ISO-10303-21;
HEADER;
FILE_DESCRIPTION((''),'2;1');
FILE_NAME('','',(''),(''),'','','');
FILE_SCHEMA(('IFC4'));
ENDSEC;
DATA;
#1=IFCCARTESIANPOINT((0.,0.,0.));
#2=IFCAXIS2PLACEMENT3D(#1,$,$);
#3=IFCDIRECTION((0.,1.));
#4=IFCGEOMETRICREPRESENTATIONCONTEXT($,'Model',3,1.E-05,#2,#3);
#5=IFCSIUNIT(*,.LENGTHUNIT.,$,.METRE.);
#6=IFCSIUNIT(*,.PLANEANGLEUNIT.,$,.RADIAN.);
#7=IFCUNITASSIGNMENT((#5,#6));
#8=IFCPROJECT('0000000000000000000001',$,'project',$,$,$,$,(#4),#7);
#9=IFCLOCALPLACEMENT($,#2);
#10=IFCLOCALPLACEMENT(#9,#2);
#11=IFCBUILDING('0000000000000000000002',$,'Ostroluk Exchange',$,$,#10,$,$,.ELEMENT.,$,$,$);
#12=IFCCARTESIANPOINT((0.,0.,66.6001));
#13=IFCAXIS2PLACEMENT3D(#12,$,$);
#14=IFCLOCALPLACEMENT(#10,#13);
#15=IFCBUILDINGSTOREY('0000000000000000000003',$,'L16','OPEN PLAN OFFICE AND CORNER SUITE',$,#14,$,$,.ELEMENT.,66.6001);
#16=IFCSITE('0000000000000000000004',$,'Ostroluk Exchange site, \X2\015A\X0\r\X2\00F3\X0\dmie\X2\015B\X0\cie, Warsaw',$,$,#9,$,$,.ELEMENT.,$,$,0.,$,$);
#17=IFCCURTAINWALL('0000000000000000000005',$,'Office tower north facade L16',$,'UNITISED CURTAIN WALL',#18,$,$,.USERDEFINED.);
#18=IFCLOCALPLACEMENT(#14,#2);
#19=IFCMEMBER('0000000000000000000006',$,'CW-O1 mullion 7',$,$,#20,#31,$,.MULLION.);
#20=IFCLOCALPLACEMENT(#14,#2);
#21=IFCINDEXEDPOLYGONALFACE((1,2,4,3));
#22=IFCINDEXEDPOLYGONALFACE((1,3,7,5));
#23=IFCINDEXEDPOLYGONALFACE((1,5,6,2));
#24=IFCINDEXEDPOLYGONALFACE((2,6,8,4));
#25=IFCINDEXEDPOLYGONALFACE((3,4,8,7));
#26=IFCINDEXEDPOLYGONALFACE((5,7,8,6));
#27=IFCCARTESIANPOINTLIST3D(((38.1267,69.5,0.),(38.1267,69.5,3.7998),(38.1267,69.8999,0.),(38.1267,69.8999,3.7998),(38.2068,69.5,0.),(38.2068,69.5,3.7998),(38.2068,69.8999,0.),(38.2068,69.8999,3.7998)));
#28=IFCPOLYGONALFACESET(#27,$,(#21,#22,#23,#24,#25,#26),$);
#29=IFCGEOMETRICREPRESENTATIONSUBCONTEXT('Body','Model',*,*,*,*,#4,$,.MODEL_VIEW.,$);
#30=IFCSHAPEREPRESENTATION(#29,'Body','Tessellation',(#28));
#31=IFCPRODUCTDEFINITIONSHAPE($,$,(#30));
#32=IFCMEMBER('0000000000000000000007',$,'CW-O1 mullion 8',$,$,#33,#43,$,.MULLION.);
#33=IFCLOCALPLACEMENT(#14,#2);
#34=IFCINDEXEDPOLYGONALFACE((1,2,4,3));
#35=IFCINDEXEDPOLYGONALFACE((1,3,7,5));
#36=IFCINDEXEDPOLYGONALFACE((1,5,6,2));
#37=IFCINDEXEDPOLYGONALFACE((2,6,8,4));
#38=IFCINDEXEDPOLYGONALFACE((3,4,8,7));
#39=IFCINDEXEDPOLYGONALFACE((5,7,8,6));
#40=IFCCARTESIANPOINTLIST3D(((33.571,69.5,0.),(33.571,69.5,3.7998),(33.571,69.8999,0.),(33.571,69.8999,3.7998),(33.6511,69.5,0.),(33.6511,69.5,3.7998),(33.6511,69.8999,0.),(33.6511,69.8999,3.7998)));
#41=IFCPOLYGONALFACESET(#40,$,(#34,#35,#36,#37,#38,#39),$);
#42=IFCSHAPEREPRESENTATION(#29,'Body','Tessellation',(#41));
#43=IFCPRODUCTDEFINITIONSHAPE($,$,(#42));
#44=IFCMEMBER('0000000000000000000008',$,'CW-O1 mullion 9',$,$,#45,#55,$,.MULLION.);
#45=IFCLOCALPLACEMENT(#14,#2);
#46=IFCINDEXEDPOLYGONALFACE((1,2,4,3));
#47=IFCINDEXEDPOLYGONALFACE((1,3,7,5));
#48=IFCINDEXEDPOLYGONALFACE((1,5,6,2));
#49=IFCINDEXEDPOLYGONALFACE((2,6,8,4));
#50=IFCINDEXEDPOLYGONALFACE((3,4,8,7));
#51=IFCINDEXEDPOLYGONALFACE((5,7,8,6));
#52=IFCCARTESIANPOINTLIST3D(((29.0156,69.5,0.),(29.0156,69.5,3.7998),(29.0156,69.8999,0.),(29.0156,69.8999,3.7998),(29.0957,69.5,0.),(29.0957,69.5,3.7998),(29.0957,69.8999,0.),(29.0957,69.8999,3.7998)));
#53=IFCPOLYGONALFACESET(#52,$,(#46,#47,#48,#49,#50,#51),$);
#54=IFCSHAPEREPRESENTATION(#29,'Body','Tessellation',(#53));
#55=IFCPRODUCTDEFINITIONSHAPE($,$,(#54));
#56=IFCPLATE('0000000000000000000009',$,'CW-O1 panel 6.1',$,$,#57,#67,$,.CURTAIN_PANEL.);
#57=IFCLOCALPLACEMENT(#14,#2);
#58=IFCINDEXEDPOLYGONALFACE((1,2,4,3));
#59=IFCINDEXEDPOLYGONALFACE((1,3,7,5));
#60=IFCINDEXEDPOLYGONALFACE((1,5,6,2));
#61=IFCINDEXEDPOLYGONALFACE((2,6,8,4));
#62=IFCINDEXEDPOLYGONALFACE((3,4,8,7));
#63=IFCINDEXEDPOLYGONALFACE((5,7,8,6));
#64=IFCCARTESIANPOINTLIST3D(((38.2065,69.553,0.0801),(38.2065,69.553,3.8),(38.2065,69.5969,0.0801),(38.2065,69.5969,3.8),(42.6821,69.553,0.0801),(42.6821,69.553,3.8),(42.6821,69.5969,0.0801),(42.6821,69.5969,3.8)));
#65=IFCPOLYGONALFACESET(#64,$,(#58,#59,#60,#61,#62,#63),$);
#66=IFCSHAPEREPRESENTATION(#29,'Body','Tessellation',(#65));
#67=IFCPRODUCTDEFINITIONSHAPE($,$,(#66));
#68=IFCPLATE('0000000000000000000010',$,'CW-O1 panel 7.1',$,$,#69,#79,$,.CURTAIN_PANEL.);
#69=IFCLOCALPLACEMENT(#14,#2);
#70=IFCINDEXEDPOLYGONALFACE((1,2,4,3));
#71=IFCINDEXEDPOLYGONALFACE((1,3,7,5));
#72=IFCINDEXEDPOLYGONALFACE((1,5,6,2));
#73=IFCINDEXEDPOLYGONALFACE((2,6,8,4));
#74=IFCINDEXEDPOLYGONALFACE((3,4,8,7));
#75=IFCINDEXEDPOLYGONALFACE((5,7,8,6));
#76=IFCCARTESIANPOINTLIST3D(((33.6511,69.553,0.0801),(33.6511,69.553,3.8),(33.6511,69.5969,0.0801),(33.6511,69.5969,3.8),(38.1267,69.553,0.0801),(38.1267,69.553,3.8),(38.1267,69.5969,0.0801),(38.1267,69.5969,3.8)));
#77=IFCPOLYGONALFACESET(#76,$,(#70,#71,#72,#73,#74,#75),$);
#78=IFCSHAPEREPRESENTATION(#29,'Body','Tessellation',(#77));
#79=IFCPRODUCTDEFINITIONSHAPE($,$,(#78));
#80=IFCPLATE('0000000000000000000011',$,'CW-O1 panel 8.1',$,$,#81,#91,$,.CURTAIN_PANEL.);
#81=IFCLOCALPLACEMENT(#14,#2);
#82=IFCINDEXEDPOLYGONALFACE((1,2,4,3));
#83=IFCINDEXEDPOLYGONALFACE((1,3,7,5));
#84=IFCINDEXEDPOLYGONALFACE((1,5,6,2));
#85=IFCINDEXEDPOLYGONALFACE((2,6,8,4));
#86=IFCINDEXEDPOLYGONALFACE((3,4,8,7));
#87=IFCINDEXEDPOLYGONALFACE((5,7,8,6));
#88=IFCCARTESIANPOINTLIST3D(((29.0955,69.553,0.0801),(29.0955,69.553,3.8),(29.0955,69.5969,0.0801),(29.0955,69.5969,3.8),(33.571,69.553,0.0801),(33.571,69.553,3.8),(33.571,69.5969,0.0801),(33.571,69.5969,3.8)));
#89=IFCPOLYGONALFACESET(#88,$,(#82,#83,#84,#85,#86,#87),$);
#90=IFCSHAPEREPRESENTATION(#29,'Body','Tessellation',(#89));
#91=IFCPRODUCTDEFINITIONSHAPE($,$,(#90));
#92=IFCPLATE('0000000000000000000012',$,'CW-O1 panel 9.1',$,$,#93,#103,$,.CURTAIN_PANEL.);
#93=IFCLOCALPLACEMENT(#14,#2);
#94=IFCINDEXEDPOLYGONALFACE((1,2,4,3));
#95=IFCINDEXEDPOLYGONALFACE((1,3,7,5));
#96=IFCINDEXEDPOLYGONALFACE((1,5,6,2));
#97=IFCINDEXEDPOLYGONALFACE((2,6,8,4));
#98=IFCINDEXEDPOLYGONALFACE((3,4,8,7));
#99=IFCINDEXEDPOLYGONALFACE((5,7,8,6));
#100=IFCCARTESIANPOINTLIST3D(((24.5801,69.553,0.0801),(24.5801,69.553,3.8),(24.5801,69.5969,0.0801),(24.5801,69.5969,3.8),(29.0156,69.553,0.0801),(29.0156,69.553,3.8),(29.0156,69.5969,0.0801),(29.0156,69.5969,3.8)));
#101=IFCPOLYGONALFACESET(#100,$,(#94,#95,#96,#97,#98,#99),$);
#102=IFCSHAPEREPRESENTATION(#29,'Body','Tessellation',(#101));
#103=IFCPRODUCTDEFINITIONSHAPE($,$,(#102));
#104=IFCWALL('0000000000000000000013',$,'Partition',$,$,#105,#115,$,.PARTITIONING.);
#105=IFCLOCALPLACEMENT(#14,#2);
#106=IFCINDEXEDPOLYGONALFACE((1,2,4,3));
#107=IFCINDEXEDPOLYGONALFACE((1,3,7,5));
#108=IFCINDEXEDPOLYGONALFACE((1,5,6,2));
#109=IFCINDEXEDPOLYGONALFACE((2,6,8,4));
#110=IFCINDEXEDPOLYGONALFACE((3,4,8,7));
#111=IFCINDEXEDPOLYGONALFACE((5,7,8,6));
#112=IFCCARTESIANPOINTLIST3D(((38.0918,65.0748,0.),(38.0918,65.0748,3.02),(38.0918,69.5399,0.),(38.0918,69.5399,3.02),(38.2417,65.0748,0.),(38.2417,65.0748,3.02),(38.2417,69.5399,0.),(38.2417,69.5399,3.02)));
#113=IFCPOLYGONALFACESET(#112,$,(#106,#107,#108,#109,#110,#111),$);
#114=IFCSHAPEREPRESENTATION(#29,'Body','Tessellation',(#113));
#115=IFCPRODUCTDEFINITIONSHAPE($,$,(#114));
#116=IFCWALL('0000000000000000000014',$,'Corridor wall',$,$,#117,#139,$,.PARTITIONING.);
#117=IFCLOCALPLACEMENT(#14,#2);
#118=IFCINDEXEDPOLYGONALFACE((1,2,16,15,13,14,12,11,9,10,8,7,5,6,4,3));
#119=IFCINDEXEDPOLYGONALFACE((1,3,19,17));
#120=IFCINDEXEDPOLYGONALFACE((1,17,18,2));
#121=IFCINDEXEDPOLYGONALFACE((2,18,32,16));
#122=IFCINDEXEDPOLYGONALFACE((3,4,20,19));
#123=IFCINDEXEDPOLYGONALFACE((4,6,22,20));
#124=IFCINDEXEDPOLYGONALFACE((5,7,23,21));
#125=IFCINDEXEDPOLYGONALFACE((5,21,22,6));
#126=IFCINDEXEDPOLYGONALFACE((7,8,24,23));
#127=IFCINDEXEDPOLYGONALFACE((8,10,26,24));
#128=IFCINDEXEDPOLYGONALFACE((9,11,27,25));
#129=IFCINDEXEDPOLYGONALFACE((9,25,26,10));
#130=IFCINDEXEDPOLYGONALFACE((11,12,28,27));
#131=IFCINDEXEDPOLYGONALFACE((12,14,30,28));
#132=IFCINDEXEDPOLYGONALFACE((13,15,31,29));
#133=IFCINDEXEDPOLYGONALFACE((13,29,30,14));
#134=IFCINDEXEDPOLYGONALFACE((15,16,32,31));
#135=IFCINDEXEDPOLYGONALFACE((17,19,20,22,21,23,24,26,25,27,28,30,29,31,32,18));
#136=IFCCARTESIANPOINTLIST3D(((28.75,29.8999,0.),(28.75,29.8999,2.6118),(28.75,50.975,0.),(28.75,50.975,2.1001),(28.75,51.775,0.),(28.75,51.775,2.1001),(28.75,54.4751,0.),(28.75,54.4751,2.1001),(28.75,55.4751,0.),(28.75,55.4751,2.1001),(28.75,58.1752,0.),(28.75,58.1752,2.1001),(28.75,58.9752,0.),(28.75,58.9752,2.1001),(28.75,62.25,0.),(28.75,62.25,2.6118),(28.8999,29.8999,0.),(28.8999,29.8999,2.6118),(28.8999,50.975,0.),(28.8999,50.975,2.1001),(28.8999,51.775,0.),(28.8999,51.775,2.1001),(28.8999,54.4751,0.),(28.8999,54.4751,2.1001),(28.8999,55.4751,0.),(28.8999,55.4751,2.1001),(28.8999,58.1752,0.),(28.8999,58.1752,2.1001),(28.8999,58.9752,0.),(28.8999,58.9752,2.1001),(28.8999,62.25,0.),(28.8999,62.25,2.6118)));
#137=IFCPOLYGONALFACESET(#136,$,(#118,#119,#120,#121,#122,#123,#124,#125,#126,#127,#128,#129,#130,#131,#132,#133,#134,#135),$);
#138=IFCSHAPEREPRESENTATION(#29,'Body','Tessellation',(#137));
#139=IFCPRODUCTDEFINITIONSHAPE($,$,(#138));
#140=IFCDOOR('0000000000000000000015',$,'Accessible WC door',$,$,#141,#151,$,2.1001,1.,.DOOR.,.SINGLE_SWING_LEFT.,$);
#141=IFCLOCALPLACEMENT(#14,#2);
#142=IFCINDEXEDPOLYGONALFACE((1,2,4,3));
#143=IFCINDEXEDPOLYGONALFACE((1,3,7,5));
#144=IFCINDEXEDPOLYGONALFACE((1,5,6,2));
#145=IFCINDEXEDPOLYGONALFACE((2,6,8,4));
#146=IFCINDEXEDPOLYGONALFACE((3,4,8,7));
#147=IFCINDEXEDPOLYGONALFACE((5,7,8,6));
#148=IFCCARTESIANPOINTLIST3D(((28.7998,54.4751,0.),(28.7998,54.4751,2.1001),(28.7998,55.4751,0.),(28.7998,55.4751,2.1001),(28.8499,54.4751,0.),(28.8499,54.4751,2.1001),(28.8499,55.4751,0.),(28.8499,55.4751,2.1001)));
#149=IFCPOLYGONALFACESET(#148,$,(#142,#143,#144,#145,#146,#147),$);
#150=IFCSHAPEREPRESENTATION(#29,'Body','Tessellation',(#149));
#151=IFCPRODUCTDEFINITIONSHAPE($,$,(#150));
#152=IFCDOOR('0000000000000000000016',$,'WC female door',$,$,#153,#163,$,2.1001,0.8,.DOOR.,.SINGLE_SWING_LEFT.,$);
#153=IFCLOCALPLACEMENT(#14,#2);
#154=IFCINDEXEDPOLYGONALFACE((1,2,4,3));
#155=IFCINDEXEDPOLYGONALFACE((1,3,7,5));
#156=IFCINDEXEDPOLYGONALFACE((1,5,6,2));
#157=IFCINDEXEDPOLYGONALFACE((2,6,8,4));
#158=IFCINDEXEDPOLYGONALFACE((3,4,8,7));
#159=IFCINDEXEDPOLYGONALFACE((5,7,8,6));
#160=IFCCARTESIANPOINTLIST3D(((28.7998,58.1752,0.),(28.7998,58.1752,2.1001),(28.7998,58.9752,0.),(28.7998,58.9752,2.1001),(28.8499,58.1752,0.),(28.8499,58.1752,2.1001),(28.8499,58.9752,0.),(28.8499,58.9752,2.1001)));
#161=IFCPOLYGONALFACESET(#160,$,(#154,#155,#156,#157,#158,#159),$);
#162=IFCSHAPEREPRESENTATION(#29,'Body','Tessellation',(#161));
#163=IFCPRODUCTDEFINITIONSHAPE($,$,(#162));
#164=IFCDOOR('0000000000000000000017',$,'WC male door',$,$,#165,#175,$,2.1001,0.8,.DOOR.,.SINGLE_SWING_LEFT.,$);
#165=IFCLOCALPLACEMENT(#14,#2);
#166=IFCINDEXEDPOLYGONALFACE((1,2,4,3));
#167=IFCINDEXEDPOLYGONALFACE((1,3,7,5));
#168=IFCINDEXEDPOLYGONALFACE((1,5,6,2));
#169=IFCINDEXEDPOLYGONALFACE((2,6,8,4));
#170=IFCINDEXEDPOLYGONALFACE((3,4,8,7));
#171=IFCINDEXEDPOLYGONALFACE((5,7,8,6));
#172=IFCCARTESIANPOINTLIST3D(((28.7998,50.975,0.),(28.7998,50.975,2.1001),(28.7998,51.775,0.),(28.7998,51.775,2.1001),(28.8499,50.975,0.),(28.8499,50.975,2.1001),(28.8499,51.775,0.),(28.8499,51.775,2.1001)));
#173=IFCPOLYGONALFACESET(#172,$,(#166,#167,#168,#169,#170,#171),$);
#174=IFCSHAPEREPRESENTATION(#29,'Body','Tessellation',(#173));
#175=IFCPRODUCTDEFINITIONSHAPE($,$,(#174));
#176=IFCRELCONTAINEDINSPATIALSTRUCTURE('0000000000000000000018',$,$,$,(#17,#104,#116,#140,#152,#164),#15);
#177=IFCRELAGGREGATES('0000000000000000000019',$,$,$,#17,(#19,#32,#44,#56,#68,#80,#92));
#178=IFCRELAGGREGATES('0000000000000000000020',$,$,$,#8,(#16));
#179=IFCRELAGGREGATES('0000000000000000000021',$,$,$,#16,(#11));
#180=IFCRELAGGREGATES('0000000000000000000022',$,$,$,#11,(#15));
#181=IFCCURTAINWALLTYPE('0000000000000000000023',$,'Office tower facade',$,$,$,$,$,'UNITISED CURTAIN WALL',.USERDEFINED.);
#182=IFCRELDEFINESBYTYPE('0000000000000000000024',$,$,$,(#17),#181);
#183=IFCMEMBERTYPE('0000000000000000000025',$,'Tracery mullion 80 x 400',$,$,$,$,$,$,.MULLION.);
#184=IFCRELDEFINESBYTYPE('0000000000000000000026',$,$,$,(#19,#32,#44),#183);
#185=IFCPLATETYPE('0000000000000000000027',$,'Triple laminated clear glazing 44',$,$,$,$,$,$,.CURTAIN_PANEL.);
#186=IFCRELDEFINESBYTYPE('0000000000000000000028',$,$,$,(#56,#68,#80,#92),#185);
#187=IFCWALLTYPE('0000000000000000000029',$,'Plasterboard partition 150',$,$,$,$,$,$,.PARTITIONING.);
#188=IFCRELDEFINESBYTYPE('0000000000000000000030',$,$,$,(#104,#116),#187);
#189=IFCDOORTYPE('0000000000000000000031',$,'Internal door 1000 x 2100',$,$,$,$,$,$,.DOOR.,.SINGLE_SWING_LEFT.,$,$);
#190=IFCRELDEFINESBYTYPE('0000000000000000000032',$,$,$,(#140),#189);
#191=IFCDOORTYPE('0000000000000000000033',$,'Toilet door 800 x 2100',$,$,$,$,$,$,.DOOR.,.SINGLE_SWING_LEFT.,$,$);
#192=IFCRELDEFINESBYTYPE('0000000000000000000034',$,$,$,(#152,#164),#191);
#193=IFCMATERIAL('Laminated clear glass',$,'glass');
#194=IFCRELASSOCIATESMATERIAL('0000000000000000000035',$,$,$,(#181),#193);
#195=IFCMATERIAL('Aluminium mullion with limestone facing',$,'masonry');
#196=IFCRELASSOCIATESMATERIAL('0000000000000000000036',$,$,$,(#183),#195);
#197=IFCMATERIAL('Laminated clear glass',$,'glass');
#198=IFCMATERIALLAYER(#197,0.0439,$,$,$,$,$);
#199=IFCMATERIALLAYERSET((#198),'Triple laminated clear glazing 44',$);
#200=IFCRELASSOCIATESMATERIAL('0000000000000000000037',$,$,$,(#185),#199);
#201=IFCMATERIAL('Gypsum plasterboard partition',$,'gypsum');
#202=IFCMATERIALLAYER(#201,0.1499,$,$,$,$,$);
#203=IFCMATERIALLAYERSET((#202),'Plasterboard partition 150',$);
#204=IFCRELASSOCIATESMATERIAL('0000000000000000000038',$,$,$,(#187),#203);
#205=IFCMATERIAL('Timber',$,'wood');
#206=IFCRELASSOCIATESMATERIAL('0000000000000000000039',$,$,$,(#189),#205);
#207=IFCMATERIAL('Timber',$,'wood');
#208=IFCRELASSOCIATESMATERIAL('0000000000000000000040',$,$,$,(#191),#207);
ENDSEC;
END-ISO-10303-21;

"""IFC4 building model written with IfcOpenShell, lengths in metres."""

from ifc_helpers import new_model, si_unit, direction, frame, frame_2d, origin, origin_2d, place, context, subcontext, project, spatial, rectangle, extrude, material, layer, layer_set, material_profile, profile_set, type_object, element, fill, aggregate, save


model = new_model("IFC4")

# Units and contexts
model_context = context("Model", 3, precision=1e-05, world=origin(), true_north=direction((0.0, 1.0)))
body_context = subcontext(model_context, "Body", "Model", "MODEL_VIEW")
ifc_project = project(units=[si_unit("LENGTHUNIT", "METRE"), si_unit("PLANEANGLEUNIT", "RADIAN")], contexts=[model_context])

# Site, building, storey
site_placement = place(None, origin())
site = spatial("IfcSite", under=ifc_project, at=site_placement, Name="Ostroluk Exchange site, Śródmieście, Warsaw", CompositionType="ELEMENT", RefElevation=0.0)
building_placement = place(site_placement, origin())
building = spatial("IfcBuilding", under=site, at=building_placement, Name="Ostroluk Exchange", CompositionType="ELEMENT")
storey_placement = place(building_placement, frame((0.0, 0.0, 66.6001)))
storey = spatial("IfcBuildingStorey", under=building, at=storey_placement, Name="L16", Description="OPEN PLAN OFFICE AND CORNER SUITE", CompositionType="ELEMENT", Elevation=66.6001)

# Curtain wall, members, plates
ifc_material_1 = material(Name="Laminated clear glass", Category="glass")
curtain_wall_type = type_object("IfcCurtainWallType", Name="Office tower facade", ElementType="UNITISED CURTAIN WALL", PredefinedType="USERDEFINED", material=ifc_material_1)
curtain_wall_placement = place(storey_placement, origin())
curtain_wall = element("IfcCurtainWall", 1, at=curtain_wall_placement, inside=storey, type_object=curtain_wall_type, Name="Office tower north facade L16", ObjectType="UNITISED CURTAIN WALL", PredefinedType="USERDEFINED")
ifc_material_2 = material(Name="Aluminium mullion with limestone facing", Category="masonry")
ifc_material_profile_1 = material_profile(ifc_material_2, rectangle(XDim=0.3999, YDim=0.0801, at=origin_2d()), Name="Tracery mullion 80 x 400")
ifc_profile_set_1 = profile_set([ifc_material_profile_1], Name="Aluminium mullion with limestone facing")
member_type_1 = type_object("IfcMemberType", Name="Tracery mullion 80 x 400", PredefinedType="MULLION", material=ifc_profile_set_1)
member_1_placement = place(storey_placement, frame((38.1667, 69.7, 0.0), z_axis=(0.0, 0.0, 1.0), x_axis=(0.0, -1.0, 0.0)))
member_1 = element("IfcMember", 2, at=member_1_placement, type_object=member_type_1, Name="CW-O1 mullion 7", PredefinedType="MULLION", context=body_context, shape_type="SweptSolid", body=[
    extrude(rectangle(XDim=0.3999, YDim=0.0801, at=origin_2d()), origin(), (0.0, 0.0, 1.0), 3.7998),
])
member_2_placement = place(storey_placement, frame((33.6111, 69.7, 0.0), z_axis=(0.0, 0.0, 1.0), x_axis=(0.0, -1.0, 0.0)))
member_2 = element("IfcMember", 3, at=member_2_placement, type_object=member_type_1, Name="CW-O1 mullion 8", PredefinedType="MULLION", context=body_context, shape_type="SweptSolid", body=[
    extrude(rectangle(XDim=0.3999, YDim=0.0801, at=origin_2d()), origin(), (0.0, 0.0, 1.0), 3.7998),
])
member_3_placement = place(storey_placement, frame((29.0557, 69.7, 0.0), z_axis=(0.0, 0.0, 1.0), x_axis=(0.0, -1.0, 0.0)))
member_3 = element("IfcMember", 4, at=member_3_placement, type_object=member_type_1, Name="CW-O1 mullion 9", PredefinedType="MULLION", context=body_context, shape_type="SweptSolid", body=[
    extrude(rectangle(XDim=0.3999, YDim=0.0801, at=origin_2d()), origin(), (0.0, 0.0, 1.0), 3.7998),
])
ifc_material_3 = material(Name="Laminated clear glass", Category="glass")
ifc_layer_1 = layer(ifc_material_3, 0.0439)
ifc_layer_set_1 = layer_set([ifc_layer_1], Name="Triple laminated clear glazing 44")
plate_type = type_object("IfcPlateType", Name="Triple laminated clear glazing 44", PredefinedType="CURTAIN_PANEL", material=ifc_layer_set_1)
plate_1_placement = place(storey_placement, frame((40.4443, 69.575, 0.0801), z_axis=(0.0, 0.0, 1.0), x_axis=(-1.0, 0.0, 0.0)))
plate_1 = element("IfcPlate", 5, at=plate_1_placement, type_object=plate_type, Name="CW-O1 panel 6.1", PredefinedType="CURTAIN_PANEL", context=body_context, shape_type="SweptSolid", body=[
    extrude(rectangle(XDim=4.4756, YDim=0.0439, at=origin_2d()), origin(), (0.0, 0.0, 1.0), 3.72),
])
plate_2_placement = place(storey_placement, frame((35.8889, 69.575, 0.0801), z_axis=(0.0, 0.0, 1.0), x_axis=(-1.0, 0.0, 0.0)))
plate_2 = element("IfcPlate", 6, at=plate_2_placement, type_object=plate_type, Name="CW-O1 panel 7.1", PredefinedType="CURTAIN_PANEL", context=body_context, shape_type="SweptSolid", body=[
    extrude(rectangle(XDim=4.4756, YDim=0.0439, at=origin_2d()), origin(), (0.0, 0.0, 1.0), 3.72),
])
plate_3_placement = place(storey_placement, frame((31.3333, 69.575, 0.0801), z_axis=(0.0, 0.0, 1.0), x_axis=(-1.0, 0.0, 0.0)))
plate_3 = element("IfcPlate", 7, at=plate_3_placement, type_object=plate_type, Name="CW-O1 panel 8.1", PredefinedType="CURTAIN_PANEL", context=body_context, shape_type="SweptSolid", body=[
    extrude(rectangle(XDim=4.4756, YDim=0.0439, at=origin_2d()), origin(), (0.0, 0.0, 1.0), 3.72),
])
plate_4_placement = place(storey_placement, frame((26.7979, 69.575, 0.0801), z_axis=(0.0, 0.0, 1.0), x_axis=(-1.0, 0.0, 0.0)))
plate_4 = element("IfcPlate", 8, at=plate_4_placement, type_object=plate_type, Name="CW-O1 panel 9.1", PredefinedType="CURTAIN_PANEL", context=body_context, shape_type="SweptSolid", body=[
    extrude(rectangle(XDim=4.4355, YDim=0.0439, at=origin_2d()), origin(), (0.0, 0.0, 1.0), 3.72),
])
aggregate(curtain_wall, [member_1, member_2, member_3, plate_1, plate_2, plate_3, plate_4])

# Wall
ifc_material_4 = material(Name="Gypsum plasterboard partition", Category="gypsum")
ifc_layer_2 = layer(ifc_material_4, 0.1499)
ifc_layer_set_2 = layer_set([ifc_layer_2], Name="Plasterboard partition 150")
wall_type_1 = type_object("IfcWallType", Name="Plasterboard partition 150", PredefinedType="PARTITIONING", material=ifc_layer_set_2)
wall_1_placement = place(storey_placement, frame((38.1667, 65.075, 0.0), z_axis=(0.0, 0.0, 1.0), x_axis=(0.0, 1.0, 0.0)))
element("IfcWall", 9, at=wall_1_placement, inside=storey, type_object=wall_type_1, Name="Partition", PredefinedType="PARTITIONING", context=body_context, shape_type="SweptSolid", body=[
    extrude(rectangle(XDim=4.4651, YDim=0.1499, at=frame_2d((2.2324, 0.0))), origin(), (0.0, 0.0, 1.0), 3.02),
])

# Wall, openings, doors
wall_2_placement = place(storey_placement, frame((28.825, 62.25, 0.0), z_axis=(0.0, 0.0, 1.0), x_axis=(0.0, -1.0, 0.0)))
wall_2 = element("IfcWall", 10, at=wall_2_placement, inside=storey, type_object=wall_type_1, Name="Corridor wall", PredefinedType="PARTITIONING", context=body_context, shape_type="SweptSolid", body=[
    extrude(rectangle(XDim=32.3501, YDim=0.1499, at=frame_2d((16.175, 0.0))), origin(), (0.0, 0.0, 1.0), 2.6118),
])
opening_1_placement = place(wall_2_placement, frame((3.2749, 0.0, 0.0)))
opening_1 = element("IfcOpeningElement", 11, at=opening_1_placement, cuts=wall_2, PredefinedType="OPENING", context=body_context, shape_type="SweptSolid", body=[
    extrude(rectangle(XDim=0.8, YDim=2.1001, at=frame_2d((0.3999, 1.05))), frame((0.0, 0.085, 0.0), z_axis=(0.0, -1.0, 0.0), x_axis=(1.0, 0.0, 0.0)), (0.0, 0.0, 1.0), 0.1699),
])
opening_2_placement = place(wall_2_placement, frame((6.7749, 0.0, 0.0)))
opening_2 = element("IfcOpeningElement", 12, at=opening_2_placement, cuts=wall_2, PredefinedType="OPENING", context=body_context, shape_type="SweptSolid", body=[
    extrude(rectangle(XDim=1.0, YDim=2.1001, at=frame_2d((0.5, 1.05))), frame((0.0, 0.085, 0.0), z_axis=(0.0, -1.0, 0.0), x_axis=(1.0, 0.0, 0.0)), (0.0, 0.0, 1.0), 0.1699),
])
opening_3_placement = place(wall_2_placement, frame((10.4751, 0.0, 0.0)))
opening_3 = element("IfcOpeningElement", 13, at=opening_3_placement, cuts=wall_2, PredefinedType="OPENING", context=body_context, shape_type="SweptSolid", body=[
    extrude(rectangle(XDim=0.8, YDim=2.1001, at=frame_2d((0.3999, 1.05))), frame((0.0, 0.085, 0.0), z_axis=(0.0, -1.0, 0.0), x_axis=(1.0, 0.0, 0.0)), (0.0, 0.0, 1.0), 0.1699),
])
ifc_material_5 = material(Name="Timber", Category="wood")
door_type_1 = type_object("IfcDoorType", Name="Internal door 1000 x 2100", OperationType="SINGLE_SWING_LEFT", PredefinedType="DOOR", material=ifc_material_5)
door_1_placement = place(opening_2_placement, origin())
door_1 = element("IfcDoor", 14, at=door_1_placement, inside=storey, type_object=door_type_1, Name="Accessible WC door", OperationType="SINGLE_SWING_LEFT", OverallHeight=2.1001, OverallWidth=1.0, PredefinedType="DOOR", context=body_context, shape_type="SweptSolid", body=[
    extrude(rectangle(XDim=1.0, YDim=2.1001, at=frame_2d((0.5, 1.05))), frame((0.0, 0.0249, 0.0), z_axis=(0.0, -1.0, 0.0), x_axis=(1.0, 0.0, 0.0)), (0.0, 0.0, 1.0), 0.05),
])
fill(opening_2, door_1)
ifc_material_6 = material(Name="Timber", Category="wood")
door_type_2 = type_object("IfcDoorType", Name="Toilet door 800 x 2100", OperationType="SINGLE_SWING_LEFT", PredefinedType="DOOR", material=ifc_material_6)
door_2_placement = place(opening_1_placement, origin())
door_2 = element("IfcDoor", 15, at=door_2_placement, inside=storey, type_object=door_type_2, Name="WC female door", OperationType="SINGLE_SWING_LEFT", OverallHeight=2.1001, OverallWidth=0.8, PredefinedType="DOOR", context=body_context, shape_type="SweptSolid", body=[
    extrude(rectangle(XDim=0.8, YDim=2.1001, at=frame_2d((0.3999, 1.05))), frame((0.0, 0.0249, 0.0), z_axis=(0.0, -1.0, 0.0), x_axis=(1.0, 0.0, 0.0)), (0.0, 0.0, 1.0), 0.05),
])
fill(opening_1, door_2)
door_3_placement = place(opening_3_placement, origin())
door_3 = element("IfcDoor", 16, at=door_3_placement, inside=storey, type_object=door_type_2, Name="WC male door", OperationType="SINGLE_SWING_LEFT", OverallHeight=2.1001, OverallWidth=0.8, PredefinedType="DOOR", context=body_context, shape_type="SweptSolid", body=[
    extrude(rectangle(XDim=0.8, YDim=2.1001, at=frame_2d((0.3999, 1.05))), frame((0.0, 0.0249, 0.0), z_axis=(0.0, -1.0, 0.0), x_axis=(1.0, 0.0, 0.0)), (0.0, 0.0, 1.0), 0.05),
])
fill(opening_3, door_3)

save(model, "model.ifc")
